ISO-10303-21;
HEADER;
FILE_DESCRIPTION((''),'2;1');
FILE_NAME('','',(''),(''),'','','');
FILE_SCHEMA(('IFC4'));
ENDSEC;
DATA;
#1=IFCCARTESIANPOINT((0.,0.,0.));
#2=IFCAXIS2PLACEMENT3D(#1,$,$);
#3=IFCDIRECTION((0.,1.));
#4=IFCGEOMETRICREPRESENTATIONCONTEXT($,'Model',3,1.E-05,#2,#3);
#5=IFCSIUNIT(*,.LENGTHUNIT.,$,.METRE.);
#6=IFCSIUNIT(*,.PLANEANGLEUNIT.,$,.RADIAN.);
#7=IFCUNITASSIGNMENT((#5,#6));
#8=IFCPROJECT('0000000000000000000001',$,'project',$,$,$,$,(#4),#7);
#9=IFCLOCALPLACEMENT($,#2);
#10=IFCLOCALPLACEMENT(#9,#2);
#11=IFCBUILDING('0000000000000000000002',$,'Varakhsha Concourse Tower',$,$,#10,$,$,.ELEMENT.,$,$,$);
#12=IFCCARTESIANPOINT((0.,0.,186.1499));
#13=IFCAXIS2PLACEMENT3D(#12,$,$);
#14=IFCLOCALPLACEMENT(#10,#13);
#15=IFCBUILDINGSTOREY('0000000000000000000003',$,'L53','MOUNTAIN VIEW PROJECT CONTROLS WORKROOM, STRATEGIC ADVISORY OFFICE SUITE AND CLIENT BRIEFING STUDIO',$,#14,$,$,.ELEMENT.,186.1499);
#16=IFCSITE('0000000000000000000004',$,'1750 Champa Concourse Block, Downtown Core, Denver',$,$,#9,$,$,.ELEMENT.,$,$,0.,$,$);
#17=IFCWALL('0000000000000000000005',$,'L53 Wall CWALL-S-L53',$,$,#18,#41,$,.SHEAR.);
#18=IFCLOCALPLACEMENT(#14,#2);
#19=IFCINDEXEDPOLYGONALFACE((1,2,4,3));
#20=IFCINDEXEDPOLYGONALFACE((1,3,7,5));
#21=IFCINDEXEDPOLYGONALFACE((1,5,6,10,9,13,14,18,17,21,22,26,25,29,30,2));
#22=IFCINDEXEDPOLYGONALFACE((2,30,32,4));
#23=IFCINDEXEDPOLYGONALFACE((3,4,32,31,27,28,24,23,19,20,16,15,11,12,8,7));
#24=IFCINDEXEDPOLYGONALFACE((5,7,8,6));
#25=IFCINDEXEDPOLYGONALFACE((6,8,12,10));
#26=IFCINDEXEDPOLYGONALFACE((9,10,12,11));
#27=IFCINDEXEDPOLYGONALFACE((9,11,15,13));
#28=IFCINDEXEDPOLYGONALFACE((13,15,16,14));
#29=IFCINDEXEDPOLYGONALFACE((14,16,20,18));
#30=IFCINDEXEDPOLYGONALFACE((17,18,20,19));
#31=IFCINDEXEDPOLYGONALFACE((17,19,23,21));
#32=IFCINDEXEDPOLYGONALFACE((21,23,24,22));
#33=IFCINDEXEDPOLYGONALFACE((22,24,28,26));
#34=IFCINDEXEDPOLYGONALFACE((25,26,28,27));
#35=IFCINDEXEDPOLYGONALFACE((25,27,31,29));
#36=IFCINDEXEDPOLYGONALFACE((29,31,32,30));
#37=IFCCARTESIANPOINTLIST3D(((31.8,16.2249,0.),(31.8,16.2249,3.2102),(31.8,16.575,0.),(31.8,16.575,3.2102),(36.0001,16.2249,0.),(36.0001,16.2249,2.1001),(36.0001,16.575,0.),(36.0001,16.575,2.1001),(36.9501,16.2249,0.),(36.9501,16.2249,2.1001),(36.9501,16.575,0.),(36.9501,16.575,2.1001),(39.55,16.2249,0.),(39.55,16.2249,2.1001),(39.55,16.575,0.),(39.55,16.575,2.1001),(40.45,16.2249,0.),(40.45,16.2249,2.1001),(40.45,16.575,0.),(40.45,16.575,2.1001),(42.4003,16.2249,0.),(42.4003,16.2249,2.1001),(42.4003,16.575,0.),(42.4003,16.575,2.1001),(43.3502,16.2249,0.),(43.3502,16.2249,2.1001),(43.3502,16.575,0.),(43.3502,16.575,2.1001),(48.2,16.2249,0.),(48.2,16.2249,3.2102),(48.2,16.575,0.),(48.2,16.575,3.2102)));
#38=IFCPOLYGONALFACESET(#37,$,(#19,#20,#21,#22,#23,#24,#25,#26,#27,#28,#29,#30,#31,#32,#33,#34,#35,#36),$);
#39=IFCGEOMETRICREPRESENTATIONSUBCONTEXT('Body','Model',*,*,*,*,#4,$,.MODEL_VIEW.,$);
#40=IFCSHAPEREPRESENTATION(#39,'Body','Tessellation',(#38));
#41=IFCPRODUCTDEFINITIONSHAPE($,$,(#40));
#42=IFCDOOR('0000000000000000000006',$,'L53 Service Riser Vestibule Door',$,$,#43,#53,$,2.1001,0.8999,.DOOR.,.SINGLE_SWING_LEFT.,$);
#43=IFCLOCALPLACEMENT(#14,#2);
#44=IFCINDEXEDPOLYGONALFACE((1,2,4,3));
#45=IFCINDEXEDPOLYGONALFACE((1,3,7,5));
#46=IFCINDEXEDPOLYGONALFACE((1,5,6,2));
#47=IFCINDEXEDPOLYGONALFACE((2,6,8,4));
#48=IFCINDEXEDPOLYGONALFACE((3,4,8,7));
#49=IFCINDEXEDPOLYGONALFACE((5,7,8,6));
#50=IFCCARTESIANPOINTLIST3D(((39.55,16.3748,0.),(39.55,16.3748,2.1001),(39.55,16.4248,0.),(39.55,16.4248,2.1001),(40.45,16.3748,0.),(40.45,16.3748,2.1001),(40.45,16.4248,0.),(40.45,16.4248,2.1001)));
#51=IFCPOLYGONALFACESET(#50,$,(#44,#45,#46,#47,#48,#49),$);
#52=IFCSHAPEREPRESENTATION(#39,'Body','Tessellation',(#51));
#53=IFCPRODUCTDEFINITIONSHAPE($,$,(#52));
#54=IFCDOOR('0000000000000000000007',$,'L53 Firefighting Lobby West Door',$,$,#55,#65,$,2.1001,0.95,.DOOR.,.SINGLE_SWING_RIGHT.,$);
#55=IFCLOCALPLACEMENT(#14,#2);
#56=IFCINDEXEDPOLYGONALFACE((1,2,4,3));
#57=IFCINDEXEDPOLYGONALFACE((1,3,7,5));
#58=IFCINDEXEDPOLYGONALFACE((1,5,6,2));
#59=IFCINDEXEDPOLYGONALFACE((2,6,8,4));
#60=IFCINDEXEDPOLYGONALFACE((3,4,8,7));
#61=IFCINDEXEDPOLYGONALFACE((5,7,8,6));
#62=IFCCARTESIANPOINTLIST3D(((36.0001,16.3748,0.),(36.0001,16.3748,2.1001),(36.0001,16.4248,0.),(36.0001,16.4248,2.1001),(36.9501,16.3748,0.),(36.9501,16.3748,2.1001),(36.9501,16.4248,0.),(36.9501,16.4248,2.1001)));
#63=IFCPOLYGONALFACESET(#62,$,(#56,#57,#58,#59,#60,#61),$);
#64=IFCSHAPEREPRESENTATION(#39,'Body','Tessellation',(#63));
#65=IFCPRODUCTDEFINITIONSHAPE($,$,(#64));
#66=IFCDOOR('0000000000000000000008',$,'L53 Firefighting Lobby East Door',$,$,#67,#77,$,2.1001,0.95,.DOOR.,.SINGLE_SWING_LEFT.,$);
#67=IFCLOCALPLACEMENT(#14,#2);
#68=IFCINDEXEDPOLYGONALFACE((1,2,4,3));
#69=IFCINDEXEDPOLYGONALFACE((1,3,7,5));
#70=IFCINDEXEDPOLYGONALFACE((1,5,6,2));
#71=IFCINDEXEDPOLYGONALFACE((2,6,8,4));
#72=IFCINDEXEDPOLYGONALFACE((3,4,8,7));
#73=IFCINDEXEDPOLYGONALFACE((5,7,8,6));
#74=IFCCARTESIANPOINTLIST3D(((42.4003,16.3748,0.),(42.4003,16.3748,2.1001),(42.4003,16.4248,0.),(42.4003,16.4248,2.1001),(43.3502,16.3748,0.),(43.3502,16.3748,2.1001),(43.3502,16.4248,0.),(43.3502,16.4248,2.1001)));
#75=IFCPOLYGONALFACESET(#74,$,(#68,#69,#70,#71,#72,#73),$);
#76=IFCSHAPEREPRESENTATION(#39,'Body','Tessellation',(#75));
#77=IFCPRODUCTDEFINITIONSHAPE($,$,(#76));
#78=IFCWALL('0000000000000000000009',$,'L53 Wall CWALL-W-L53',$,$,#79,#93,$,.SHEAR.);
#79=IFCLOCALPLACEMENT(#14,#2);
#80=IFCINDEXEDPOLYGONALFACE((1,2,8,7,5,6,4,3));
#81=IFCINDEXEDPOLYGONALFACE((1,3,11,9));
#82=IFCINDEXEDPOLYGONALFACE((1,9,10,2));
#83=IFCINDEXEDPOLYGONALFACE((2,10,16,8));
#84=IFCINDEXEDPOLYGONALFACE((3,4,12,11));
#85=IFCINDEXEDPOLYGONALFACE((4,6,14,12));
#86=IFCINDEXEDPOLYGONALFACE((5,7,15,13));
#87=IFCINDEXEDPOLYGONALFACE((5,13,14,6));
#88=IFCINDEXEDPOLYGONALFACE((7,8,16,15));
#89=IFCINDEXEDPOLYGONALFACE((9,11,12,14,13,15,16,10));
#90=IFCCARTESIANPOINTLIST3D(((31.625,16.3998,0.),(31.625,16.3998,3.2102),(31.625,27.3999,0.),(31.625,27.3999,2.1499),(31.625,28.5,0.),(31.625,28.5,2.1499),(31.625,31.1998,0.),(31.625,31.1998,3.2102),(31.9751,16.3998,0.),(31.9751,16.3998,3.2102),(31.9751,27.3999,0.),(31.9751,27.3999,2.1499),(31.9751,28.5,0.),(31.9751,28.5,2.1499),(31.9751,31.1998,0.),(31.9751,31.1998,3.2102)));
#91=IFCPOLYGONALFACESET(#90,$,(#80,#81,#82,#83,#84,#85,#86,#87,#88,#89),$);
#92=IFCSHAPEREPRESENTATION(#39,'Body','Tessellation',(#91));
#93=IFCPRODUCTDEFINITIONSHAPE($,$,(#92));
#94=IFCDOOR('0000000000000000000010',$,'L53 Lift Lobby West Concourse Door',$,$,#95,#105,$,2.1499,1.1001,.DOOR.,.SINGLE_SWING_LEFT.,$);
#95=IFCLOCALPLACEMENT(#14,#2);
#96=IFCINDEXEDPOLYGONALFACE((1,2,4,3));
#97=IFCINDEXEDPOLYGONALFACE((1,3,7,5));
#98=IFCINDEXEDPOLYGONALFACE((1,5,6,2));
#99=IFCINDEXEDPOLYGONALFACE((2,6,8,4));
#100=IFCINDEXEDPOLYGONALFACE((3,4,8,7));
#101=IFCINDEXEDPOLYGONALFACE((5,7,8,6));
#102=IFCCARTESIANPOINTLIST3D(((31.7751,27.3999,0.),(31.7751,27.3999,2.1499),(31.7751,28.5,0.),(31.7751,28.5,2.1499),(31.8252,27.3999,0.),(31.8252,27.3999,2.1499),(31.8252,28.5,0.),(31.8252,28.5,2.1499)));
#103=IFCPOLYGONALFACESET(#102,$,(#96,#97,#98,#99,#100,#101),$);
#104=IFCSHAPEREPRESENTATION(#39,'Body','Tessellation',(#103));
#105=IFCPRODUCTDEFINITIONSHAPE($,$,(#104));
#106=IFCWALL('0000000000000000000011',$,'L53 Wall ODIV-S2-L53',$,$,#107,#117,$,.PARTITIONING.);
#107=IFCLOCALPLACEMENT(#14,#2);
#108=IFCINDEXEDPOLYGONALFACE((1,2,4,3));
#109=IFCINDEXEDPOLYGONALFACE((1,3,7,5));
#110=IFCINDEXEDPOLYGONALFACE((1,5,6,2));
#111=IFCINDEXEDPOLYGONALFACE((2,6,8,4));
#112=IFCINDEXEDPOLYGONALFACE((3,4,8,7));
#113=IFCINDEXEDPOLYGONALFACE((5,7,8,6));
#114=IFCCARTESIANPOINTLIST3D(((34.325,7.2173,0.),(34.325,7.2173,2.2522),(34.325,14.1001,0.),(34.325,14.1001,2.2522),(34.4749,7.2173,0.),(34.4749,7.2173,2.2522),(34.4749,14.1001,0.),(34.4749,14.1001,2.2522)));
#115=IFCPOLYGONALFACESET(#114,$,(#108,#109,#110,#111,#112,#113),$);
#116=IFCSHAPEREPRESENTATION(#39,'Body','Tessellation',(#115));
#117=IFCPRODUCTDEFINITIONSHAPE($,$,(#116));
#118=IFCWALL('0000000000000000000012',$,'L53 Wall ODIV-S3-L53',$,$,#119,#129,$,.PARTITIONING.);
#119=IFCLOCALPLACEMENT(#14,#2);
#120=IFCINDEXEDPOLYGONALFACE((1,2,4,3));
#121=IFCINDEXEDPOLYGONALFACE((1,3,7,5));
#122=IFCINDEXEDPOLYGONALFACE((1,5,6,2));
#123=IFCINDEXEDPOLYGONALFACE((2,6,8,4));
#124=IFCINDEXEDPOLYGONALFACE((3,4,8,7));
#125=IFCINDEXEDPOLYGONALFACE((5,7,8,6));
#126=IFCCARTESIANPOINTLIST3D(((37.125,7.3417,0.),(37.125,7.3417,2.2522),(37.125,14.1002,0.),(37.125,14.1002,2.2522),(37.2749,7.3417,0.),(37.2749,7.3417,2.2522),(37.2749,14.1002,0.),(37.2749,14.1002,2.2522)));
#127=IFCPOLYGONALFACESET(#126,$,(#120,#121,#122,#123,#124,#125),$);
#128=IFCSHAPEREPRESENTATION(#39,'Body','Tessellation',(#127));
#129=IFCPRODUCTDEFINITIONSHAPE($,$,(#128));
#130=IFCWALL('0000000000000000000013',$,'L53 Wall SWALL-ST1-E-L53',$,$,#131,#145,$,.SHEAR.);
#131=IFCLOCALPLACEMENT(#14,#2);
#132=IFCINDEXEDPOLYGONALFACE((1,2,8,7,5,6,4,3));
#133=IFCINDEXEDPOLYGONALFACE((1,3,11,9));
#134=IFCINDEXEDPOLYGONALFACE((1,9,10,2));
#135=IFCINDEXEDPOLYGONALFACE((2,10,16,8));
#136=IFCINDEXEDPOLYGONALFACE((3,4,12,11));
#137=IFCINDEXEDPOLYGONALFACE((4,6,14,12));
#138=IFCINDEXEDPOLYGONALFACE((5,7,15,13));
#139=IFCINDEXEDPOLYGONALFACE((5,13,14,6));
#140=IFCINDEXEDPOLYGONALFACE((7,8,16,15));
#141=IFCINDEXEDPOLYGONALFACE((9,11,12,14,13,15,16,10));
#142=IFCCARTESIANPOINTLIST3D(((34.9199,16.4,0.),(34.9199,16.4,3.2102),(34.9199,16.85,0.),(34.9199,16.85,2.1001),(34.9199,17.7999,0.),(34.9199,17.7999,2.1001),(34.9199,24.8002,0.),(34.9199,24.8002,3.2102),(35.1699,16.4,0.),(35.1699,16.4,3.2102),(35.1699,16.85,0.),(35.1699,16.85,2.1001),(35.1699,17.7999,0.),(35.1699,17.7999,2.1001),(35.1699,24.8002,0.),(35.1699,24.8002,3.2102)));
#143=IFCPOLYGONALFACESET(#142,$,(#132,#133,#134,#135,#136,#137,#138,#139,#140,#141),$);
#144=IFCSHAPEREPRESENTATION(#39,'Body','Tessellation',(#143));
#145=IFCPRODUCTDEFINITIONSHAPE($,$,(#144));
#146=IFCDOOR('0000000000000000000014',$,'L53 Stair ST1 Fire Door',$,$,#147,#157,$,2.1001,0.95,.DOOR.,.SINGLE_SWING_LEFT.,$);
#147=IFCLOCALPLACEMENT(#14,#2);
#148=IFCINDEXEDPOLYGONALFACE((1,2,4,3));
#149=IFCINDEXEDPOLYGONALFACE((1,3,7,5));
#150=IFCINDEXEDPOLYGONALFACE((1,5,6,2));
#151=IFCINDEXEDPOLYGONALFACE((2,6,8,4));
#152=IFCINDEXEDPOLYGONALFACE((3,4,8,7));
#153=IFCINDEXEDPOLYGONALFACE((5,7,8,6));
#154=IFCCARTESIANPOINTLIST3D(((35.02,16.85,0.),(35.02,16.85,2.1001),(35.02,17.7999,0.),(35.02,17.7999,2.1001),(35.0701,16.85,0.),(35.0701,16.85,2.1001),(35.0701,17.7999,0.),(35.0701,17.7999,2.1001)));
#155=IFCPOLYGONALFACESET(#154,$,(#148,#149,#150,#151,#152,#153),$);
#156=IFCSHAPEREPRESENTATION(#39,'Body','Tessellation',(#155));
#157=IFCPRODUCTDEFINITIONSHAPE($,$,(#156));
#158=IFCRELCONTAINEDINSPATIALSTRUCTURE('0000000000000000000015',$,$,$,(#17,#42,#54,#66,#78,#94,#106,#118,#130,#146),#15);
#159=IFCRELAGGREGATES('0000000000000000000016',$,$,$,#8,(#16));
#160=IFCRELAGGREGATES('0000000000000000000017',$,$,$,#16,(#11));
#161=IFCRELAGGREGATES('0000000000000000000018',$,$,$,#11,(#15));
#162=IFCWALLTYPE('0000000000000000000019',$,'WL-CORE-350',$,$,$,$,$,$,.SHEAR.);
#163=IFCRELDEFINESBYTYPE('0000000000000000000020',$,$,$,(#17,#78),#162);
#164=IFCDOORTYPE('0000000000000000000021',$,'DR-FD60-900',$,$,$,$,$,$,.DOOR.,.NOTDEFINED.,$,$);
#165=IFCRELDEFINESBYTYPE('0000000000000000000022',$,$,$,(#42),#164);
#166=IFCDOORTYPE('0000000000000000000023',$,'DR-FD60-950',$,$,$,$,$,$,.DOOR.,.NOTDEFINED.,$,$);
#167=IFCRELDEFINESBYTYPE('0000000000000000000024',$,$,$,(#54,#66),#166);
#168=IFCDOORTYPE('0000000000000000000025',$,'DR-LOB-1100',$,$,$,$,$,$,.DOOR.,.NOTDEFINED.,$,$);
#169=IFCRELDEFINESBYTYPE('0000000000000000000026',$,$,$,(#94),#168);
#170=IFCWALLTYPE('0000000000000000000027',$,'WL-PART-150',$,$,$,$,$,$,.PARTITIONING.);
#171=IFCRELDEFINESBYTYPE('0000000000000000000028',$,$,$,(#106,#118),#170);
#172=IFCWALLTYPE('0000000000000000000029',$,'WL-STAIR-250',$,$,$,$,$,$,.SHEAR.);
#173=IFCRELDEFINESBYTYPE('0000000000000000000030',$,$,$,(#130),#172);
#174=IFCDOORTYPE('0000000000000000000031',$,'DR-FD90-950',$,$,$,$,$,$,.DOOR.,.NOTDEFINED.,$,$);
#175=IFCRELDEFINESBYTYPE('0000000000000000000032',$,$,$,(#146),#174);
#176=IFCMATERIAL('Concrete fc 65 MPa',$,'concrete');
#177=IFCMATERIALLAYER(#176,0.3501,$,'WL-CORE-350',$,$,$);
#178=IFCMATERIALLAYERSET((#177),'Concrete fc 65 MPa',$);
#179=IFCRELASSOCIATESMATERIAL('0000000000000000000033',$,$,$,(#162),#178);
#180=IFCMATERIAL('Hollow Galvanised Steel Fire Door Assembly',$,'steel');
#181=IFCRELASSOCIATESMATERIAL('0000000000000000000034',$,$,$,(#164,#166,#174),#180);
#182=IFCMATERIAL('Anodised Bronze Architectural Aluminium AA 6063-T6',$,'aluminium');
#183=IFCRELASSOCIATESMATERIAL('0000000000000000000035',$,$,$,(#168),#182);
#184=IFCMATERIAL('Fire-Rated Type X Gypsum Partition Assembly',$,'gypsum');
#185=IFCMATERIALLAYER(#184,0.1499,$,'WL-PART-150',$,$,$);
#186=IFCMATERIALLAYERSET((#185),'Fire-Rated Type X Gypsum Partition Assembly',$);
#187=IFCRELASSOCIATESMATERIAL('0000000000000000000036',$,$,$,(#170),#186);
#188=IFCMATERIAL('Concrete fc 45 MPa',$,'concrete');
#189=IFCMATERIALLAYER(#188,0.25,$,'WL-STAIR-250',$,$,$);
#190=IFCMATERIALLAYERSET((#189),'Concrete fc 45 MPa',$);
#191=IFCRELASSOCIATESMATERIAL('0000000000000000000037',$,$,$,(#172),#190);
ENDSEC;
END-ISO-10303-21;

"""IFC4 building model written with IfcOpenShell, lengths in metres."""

from ifc_helpers import new_model, si_unit, direction, frame, frame_2d, origin, place, context, subcontext, project, spatial, rectangle, extrude, material, layer, layer_set, type_object, element, fill, save


model = new_model("IFC4")

# Units and contexts
model_context = context("Model", 3, precision=1e-05, world=origin(), true_north=direction((0.0, 1.0)))
body_context = subcontext(model_context, "Body", "Model", "MODEL_VIEW")
ifc_project = project(units=[si_unit("LENGTHUNIT", "METRE"), si_unit("PLANEANGLEUNIT", "RADIAN")], contexts=[model_context])

# Site, building, storey
site_placement = place(None, origin())
site = spatial("IfcSite", under=ifc_project, at=site_placement, Name="1750 Champa Concourse Block, Downtown Core, Denver", CompositionType="ELEMENT", RefElevation=0.0)
building_placement = place(site_placement, origin())
building = spatial("IfcBuilding", under=site, at=building_placement, Name="Varakhsha Concourse Tower", CompositionType="ELEMENT")
storey_placement = place(building_placement, frame((0.0, 0.0, 186.1499)))
storey = spatial("IfcBuildingStorey", under=building, at=storey_placement, Name="L53", Description="MOUNTAIN VIEW PROJECT CONTROLS WORKROOM, STRATEGIC ADVISORY OFFICE SUITE AND CLIENT BRIEFING STUDIO", CompositionType="ELEMENT", Elevation=186.1499)

# Shared definitions
ifc_material_1 = material(Name="Concrete fc 65 MPa", Category="concrete")

# Shared definitions
ifc_material_2 = material(Name="Anodised Bronze Architectural Aluminium AA 6063-T6", Category="aluminium")

# Wall, openings, doors
ifc_layer_1 = layer(ifc_material_1, 0.3501, Name="WL-CORE-350")
ifc_layer_set_1 = layer_set([ifc_layer_1], Name="Concrete fc 65 MPa")
wall_type_1 = type_object("IfcWallType", Name="WL-CORE-350", PredefinedType="SHEAR", material=ifc_layer_set_1)
wall_1_placement = place(storey_placement, frame((31.8, 16.3999, 0.0), z_axis=(0.0, 0.0, 1.0), x_axis=(1.0, 0.0, 0.0)))
wall_1 = element("IfcWall", 1, at=wall_1_placement, inside=storey, type_object=wall_type_1, Name="L53 Wall CWALL-S-L53", PredefinedType="SHEAR", context=body_context, shape_type="SweptSolid", body=[
    extrude(rectangle(XDim=16.3999, YDim=0.3501, at=frame_2d((8.2, 0.0))), origin(), (0.0, 0.0, 1.0), 3.2102),
])
opening_1_placement = place(wall_1_placement, frame((7.75, 0.0, 0.0)))
opening_1 = element("IfcOpeningElement", 2, at=opening_1_placement, cuts=wall_1, PredefinedType="OPENING", context=body_context, shape_type="SweptSolid", body=[
    extrude(rectangle(XDim=0.8999, YDim=2.1001, at=frame_2d((0.45, 1.05))), frame((0.0, 0.1851, 0.0), z_axis=(0.0, -1.0, 0.0), x_axis=(1.0, 0.0, 0.0)), (0.0, 0.0, 1.0), 0.3701),
])
opening_2_placement = place(wall_1_placement, frame((4.2, 0.0, 0.0)))
opening_2 = element("IfcOpeningElement", 3, at=opening_2_placement, cuts=wall_1, PredefinedType="OPENING", context=body_context, shape_type="SweptSolid", body=[
    extrude(rectangle(XDim=0.95, YDim=2.1001, at=frame_2d((0.4751, 1.05))), frame((0.0, 0.1851, 0.0), z_axis=(0.0, -1.0, 0.0), x_axis=(1.0, 0.0, 0.0)), (0.0, 0.0, 1.0), 0.3701),
])
opening_3_placement = place(wall_1_placement, frame((10.6001, 0.0, 0.0)))
opening_3 = element("IfcOpeningElement", 4, at=opening_3_placement, cuts=wall_1, PredefinedType="OPENING", context=body_context, shape_type="SweptSolid", body=[
    extrude(rectangle(XDim=0.95, YDim=2.1001, at=frame_2d((0.4751, 1.05))), frame((0.0, 0.1851, 0.0), z_axis=(0.0, -1.0, 0.0), x_axis=(1.0, 0.0, 0.0)), (0.0, 0.0, 1.0), 0.3701),
])
ifc_material_3 = material(Name="Hollow Galvanised Steel Fire Door Assembly", Category="steel")
door_type_1 = type_object("IfcDoorType", Name="DR-FD60-900", OperationType="NOTDEFINED", PredefinedType="DOOR", material=ifc_material_3)
door_1_placement = place(opening_1_placement, origin())
door_1 = element("IfcDoor", 5, at=door_1_placement, inside=storey, type_object=door_type_1, Name="L53 Service Riser Vestibule Door", OperationType="SINGLE_SWING_LEFT", OverallHeight=2.1001, OverallWidth=0.8999, PredefinedType="DOOR", context=body_context, shape_type="SweptSolid", body=[
    extrude(rectangle(XDim=0.8999, YDim=2.1001, at=frame_2d((0.45, 1.05))), frame((0.0, 0.0249, 0.0), z_axis=(0.0, -1.0, 0.0), x_axis=(1.0, 0.0, 0.0)), (0.0, 0.0, 1.0), 0.05),
])
fill(opening_1, door_1)
door_type_2 = type_object("IfcDoorType", Name="DR-FD60-950", OperationType="NOTDEFINED", PredefinedType="DOOR", material=ifc_material_3)
door_2_placement = place(opening_2_placement, origin())
door_2 = element("IfcDoor", 6, at=door_2_placement, inside=storey, type_object=door_type_2, Name="L53 Firefighting Lobby West Door", OperationType="SINGLE_SWING_RIGHT", OverallHeight=2.1001, OverallWidth=0.95, PredefinedType="DOOR", context=body_context, shape_type="SweptSolid", body=[
    extrude(rectangle(XDim=0.95, YDim=2.1001, at=frame_2d((0.4751, 1.05))), frame((0.0, 0.0249, 0.0), z_axis=(0.0, -1.0, 0.0), x_axis=(1.0, 0.0, 0.0)), (0.0, 0.0, 1.0), 0.05),
])
fill(opening_2, door_2)
door_3_placement = place(opening_3_placement, origin())
door_3 = element("IfcDoor", 7, at=door_3_placement, inside=storey, type_object=door_type_2, Name="L53 Firefighting Lobby East Door", OperationType="SINGLE_SWING_LEFT", OverallHeight=2.1001, OverallWidth=0.95, PredefinedType="DOOR", context=body_context, shape_type="SweptSolid", body=[
    extrude(rectangle(XDim=0.95, YDim=2.1001, at=frame_2d((0.4751, 1.05))), frame((0.0, 0.0249, 0.0), z_axis=(0.0, -1.0, 0.0), x_axis=(1.0, 0.0, 0.0)), (0.0, 0.0, 1.0), 0.05),
])
fill(opening_3, door_3)

# Wall, opening, door
wall_2_placement = place(storey_placement, frame((31.8, 16.3999, 0.0), z_axis=(0.0, 0.0, 1.0), x_axis=(0.0, 1.0, 0.0)))
wall_2 = element("IfcWall", 8, at=wall_2_placement, inside=storey, type_object=wall_type_1, Name="L53 Wall CWALL-W-L53", PredefinedType="SHEAR", context=body_context, shape_type="SweptSolid", body=[
    extrude(rectangle(XDim=14.8, YDim=0.3501, at=frame_2d((7.3999, 0.0))), origin(), (0.0, 0.0, 1.0), 3.2102),
])
opening_4_placement = place(wall_2_placement, frame((11.0, 0.0, 0.0)))
opening_4 = element("IfcOpeningElement", 9, at=opening_4_placement, cuts=wall_2, PredefinedType="OPENING", context=body_context, shape_type="SweptSolid", body=[
    extrude(rectangle(XDim=1.1001, YDim=2.1499, at=frame_2d((0.55, 1.075))), frame((0.0, 0.1851, 0.0), z_axis=(0.0, -1.0, 0.0), x_axis=(1.0, 0.0, 0.0)), (0.0, 0.0, 1.0), 0.3701),
])
door_type_3 = type_object("IfcDoorType", Name="DR-LOB-1100", OperationType="NOTDEFINED", PredefinedType="DOOR", material=ifc_material_2)
door_4_placement = place(opening_4_placement, origin())
door_4 = element("IfcDoor", 10, at=door_4_placement, inside=storey, type_object=door_type_3, Name="L53 Lift Lobby West Concourse Door", OperationType="SINGLE_SWING_LEFT", OverallHeight=2.1499, OverallWidth=1.1001, PredefinedType="DOOR", context=body_context, shape_type="SweptSolid", body=[
    extrude(rectangle(XDim=1.1001, YDim=2.1499, at=frame_2d((0.55, 1.075))), frame((0.0, 0.0249, 0.0), z_axis=(0.0, -1.0, 0.0), x_axis=(1.0, 0.0, 0.0)), (0.0, 0.0, 1.0), 0.05),
])
fill(opening_4, door_4)

# Walls
ifc_material_4 = material(Name="Fire-Rated Type X Gypsum Partition Assembly", Category="gypsum")
ifc_layer_2 = layer(ifc_material_4, 0.1499, Name="WL-PART-150")
ifc_layer_set_2 = layer_set([ifc_layer_2], Name="Fire-Rated Type X Gypsum Partition Assembly")
wall_type_2 = type_object("IfcWallType", Name="WL-PART-150", PredefinedType="PARTITIONING", material=ifc_layer_set_2)
wall_3_placement = place(storey_placement, frame((34.3999, 7.2173, 0.0), z_axis=(0.0, 0.0, 1.0), x_axis=(0.0, 1.0, 0.0)))
element("IfcWall", 11, at=wall_3_placement, inside=storey, type_object=wall_type_2, Name="L53 Wall ODIV-S2-L53", PredefinedType="PARTITIONING", context=body_context, shape_type="SweptSolid", body=[
    extrude(rectangle(XDim=6.8828, YDim=0.1499, at=frame_2d((3.4414, 0.0))), origin(), (0.0, 0.0, 1.0), 2.2522),
])
wall_4_placement = place(storey_placement, frame((37.2, 7.3416, 0.0), z_axis=(0.0, 0.0, 1.0), x_axis=(0.0, 1.0, 0.0)))
element("IfcWall", 12, at=wall_4_placement, inside=storey, type_object=wall_type_2, Name="L53 Wall ODIV-S3-L53", PredefinedType="PARTITIONING", context=body_context, shape_type="SweptSolid", body=[
    extrude(rectangle(XDim=6.7585, YDim=0.1499, at=frame_2d((3.3794, 0.0))), origin(), (0.0, 0.0, 1.0), 2.2522),
])

# Wall, opening, door
ifc_material_5 = material(Name="Concrete fc 45 MPa", Category="concrete")
ifc_layer_3 = layer(ifc_material_5, 0.25, Name="WL-STAIR-250")
ifc_layer_set_3 = layer_set([ifc_layer_3], Name="Concrete fc 45 MPa")
wall_type_3 = type_object("IfcWallType", Name="WL-STAIR-250", PredefinedType="SHEAR", material=ifc_layer_set_3)
wall_5_placement = place(storey_placement, frame((35.0449, 16.3999, 0.0), z_axis=(0.0, 0.0, 1.0), x_axis=(0.0, 1.0, 0.0)))
wall_5 = element("IfcWall", 13, at=wall_5_placement, inside=storey, type_object=wall_type_3, Name="L53 Wall SWALL-ST1-E-L53", PredefinedType="SHEAR", context=body_context, shape_type="SweptSolid", body=[
    extrude(rectangle(XDim=8.4001, YDim=0.25, at=frame_2d((4.2002, 0.0))), origin(), (0.0, 0.0, 1.0), 3.2102),
])
opening_5_placement = place(wall_5_placement, frame((0.45, 0.0, 0.0)))
opening_5 = element("IfcOpeningElement", 14, at=opening_5_placement, cuts=wall_5, PredefinedType="OPENING", context=body_context, shape_type="SweptSolid", body=[
    extrude(rectangle(XDim=0.95, YDim=2.1001, at=frame_2d((0.4751, 1.05))), frame((0.0, 0.135, 0.0), z_axis=(0.0, -1.0, 0.0), x_axis=(1.0, 0.0, 0.0)), (0.0, 0.0, 1.0), 0.27),
])
door_type_4 = type_object("IfcDoorType", Name="DR-FD90-950", OperationType="NOTDEFINED", PredefinedType="DOOR", material=ifc_material_3)
door_5_placement = place(opening_5_placement, origin())
door_5 = element("IfcDoor", 15, at=door_5_placement, inside=storey, type_object=door_type_4, Name="L53 Stair ST1 Fire Door", OperationType="SINGLE_SWING_LEFT", OverallHeight=2.1001, OverallWidth=0.95, PredefinedType="DOOR", context=body_context, shape_type="SweptSolid", body=[
    extrude(rectangle(XDim=0.95, YDim=2.1001, at=frame_2d((0.4751, 1.05))), frame((0.0, 0.0249, 0.0), z_axis=(0.0, -1.0, 0.0), x_axis=(1.0, 0.0, 0.0)), (0.0, 0.0, 1.0), 0.05),
])
fill(opening_5, door_5)

save(model, "model.ifc")
